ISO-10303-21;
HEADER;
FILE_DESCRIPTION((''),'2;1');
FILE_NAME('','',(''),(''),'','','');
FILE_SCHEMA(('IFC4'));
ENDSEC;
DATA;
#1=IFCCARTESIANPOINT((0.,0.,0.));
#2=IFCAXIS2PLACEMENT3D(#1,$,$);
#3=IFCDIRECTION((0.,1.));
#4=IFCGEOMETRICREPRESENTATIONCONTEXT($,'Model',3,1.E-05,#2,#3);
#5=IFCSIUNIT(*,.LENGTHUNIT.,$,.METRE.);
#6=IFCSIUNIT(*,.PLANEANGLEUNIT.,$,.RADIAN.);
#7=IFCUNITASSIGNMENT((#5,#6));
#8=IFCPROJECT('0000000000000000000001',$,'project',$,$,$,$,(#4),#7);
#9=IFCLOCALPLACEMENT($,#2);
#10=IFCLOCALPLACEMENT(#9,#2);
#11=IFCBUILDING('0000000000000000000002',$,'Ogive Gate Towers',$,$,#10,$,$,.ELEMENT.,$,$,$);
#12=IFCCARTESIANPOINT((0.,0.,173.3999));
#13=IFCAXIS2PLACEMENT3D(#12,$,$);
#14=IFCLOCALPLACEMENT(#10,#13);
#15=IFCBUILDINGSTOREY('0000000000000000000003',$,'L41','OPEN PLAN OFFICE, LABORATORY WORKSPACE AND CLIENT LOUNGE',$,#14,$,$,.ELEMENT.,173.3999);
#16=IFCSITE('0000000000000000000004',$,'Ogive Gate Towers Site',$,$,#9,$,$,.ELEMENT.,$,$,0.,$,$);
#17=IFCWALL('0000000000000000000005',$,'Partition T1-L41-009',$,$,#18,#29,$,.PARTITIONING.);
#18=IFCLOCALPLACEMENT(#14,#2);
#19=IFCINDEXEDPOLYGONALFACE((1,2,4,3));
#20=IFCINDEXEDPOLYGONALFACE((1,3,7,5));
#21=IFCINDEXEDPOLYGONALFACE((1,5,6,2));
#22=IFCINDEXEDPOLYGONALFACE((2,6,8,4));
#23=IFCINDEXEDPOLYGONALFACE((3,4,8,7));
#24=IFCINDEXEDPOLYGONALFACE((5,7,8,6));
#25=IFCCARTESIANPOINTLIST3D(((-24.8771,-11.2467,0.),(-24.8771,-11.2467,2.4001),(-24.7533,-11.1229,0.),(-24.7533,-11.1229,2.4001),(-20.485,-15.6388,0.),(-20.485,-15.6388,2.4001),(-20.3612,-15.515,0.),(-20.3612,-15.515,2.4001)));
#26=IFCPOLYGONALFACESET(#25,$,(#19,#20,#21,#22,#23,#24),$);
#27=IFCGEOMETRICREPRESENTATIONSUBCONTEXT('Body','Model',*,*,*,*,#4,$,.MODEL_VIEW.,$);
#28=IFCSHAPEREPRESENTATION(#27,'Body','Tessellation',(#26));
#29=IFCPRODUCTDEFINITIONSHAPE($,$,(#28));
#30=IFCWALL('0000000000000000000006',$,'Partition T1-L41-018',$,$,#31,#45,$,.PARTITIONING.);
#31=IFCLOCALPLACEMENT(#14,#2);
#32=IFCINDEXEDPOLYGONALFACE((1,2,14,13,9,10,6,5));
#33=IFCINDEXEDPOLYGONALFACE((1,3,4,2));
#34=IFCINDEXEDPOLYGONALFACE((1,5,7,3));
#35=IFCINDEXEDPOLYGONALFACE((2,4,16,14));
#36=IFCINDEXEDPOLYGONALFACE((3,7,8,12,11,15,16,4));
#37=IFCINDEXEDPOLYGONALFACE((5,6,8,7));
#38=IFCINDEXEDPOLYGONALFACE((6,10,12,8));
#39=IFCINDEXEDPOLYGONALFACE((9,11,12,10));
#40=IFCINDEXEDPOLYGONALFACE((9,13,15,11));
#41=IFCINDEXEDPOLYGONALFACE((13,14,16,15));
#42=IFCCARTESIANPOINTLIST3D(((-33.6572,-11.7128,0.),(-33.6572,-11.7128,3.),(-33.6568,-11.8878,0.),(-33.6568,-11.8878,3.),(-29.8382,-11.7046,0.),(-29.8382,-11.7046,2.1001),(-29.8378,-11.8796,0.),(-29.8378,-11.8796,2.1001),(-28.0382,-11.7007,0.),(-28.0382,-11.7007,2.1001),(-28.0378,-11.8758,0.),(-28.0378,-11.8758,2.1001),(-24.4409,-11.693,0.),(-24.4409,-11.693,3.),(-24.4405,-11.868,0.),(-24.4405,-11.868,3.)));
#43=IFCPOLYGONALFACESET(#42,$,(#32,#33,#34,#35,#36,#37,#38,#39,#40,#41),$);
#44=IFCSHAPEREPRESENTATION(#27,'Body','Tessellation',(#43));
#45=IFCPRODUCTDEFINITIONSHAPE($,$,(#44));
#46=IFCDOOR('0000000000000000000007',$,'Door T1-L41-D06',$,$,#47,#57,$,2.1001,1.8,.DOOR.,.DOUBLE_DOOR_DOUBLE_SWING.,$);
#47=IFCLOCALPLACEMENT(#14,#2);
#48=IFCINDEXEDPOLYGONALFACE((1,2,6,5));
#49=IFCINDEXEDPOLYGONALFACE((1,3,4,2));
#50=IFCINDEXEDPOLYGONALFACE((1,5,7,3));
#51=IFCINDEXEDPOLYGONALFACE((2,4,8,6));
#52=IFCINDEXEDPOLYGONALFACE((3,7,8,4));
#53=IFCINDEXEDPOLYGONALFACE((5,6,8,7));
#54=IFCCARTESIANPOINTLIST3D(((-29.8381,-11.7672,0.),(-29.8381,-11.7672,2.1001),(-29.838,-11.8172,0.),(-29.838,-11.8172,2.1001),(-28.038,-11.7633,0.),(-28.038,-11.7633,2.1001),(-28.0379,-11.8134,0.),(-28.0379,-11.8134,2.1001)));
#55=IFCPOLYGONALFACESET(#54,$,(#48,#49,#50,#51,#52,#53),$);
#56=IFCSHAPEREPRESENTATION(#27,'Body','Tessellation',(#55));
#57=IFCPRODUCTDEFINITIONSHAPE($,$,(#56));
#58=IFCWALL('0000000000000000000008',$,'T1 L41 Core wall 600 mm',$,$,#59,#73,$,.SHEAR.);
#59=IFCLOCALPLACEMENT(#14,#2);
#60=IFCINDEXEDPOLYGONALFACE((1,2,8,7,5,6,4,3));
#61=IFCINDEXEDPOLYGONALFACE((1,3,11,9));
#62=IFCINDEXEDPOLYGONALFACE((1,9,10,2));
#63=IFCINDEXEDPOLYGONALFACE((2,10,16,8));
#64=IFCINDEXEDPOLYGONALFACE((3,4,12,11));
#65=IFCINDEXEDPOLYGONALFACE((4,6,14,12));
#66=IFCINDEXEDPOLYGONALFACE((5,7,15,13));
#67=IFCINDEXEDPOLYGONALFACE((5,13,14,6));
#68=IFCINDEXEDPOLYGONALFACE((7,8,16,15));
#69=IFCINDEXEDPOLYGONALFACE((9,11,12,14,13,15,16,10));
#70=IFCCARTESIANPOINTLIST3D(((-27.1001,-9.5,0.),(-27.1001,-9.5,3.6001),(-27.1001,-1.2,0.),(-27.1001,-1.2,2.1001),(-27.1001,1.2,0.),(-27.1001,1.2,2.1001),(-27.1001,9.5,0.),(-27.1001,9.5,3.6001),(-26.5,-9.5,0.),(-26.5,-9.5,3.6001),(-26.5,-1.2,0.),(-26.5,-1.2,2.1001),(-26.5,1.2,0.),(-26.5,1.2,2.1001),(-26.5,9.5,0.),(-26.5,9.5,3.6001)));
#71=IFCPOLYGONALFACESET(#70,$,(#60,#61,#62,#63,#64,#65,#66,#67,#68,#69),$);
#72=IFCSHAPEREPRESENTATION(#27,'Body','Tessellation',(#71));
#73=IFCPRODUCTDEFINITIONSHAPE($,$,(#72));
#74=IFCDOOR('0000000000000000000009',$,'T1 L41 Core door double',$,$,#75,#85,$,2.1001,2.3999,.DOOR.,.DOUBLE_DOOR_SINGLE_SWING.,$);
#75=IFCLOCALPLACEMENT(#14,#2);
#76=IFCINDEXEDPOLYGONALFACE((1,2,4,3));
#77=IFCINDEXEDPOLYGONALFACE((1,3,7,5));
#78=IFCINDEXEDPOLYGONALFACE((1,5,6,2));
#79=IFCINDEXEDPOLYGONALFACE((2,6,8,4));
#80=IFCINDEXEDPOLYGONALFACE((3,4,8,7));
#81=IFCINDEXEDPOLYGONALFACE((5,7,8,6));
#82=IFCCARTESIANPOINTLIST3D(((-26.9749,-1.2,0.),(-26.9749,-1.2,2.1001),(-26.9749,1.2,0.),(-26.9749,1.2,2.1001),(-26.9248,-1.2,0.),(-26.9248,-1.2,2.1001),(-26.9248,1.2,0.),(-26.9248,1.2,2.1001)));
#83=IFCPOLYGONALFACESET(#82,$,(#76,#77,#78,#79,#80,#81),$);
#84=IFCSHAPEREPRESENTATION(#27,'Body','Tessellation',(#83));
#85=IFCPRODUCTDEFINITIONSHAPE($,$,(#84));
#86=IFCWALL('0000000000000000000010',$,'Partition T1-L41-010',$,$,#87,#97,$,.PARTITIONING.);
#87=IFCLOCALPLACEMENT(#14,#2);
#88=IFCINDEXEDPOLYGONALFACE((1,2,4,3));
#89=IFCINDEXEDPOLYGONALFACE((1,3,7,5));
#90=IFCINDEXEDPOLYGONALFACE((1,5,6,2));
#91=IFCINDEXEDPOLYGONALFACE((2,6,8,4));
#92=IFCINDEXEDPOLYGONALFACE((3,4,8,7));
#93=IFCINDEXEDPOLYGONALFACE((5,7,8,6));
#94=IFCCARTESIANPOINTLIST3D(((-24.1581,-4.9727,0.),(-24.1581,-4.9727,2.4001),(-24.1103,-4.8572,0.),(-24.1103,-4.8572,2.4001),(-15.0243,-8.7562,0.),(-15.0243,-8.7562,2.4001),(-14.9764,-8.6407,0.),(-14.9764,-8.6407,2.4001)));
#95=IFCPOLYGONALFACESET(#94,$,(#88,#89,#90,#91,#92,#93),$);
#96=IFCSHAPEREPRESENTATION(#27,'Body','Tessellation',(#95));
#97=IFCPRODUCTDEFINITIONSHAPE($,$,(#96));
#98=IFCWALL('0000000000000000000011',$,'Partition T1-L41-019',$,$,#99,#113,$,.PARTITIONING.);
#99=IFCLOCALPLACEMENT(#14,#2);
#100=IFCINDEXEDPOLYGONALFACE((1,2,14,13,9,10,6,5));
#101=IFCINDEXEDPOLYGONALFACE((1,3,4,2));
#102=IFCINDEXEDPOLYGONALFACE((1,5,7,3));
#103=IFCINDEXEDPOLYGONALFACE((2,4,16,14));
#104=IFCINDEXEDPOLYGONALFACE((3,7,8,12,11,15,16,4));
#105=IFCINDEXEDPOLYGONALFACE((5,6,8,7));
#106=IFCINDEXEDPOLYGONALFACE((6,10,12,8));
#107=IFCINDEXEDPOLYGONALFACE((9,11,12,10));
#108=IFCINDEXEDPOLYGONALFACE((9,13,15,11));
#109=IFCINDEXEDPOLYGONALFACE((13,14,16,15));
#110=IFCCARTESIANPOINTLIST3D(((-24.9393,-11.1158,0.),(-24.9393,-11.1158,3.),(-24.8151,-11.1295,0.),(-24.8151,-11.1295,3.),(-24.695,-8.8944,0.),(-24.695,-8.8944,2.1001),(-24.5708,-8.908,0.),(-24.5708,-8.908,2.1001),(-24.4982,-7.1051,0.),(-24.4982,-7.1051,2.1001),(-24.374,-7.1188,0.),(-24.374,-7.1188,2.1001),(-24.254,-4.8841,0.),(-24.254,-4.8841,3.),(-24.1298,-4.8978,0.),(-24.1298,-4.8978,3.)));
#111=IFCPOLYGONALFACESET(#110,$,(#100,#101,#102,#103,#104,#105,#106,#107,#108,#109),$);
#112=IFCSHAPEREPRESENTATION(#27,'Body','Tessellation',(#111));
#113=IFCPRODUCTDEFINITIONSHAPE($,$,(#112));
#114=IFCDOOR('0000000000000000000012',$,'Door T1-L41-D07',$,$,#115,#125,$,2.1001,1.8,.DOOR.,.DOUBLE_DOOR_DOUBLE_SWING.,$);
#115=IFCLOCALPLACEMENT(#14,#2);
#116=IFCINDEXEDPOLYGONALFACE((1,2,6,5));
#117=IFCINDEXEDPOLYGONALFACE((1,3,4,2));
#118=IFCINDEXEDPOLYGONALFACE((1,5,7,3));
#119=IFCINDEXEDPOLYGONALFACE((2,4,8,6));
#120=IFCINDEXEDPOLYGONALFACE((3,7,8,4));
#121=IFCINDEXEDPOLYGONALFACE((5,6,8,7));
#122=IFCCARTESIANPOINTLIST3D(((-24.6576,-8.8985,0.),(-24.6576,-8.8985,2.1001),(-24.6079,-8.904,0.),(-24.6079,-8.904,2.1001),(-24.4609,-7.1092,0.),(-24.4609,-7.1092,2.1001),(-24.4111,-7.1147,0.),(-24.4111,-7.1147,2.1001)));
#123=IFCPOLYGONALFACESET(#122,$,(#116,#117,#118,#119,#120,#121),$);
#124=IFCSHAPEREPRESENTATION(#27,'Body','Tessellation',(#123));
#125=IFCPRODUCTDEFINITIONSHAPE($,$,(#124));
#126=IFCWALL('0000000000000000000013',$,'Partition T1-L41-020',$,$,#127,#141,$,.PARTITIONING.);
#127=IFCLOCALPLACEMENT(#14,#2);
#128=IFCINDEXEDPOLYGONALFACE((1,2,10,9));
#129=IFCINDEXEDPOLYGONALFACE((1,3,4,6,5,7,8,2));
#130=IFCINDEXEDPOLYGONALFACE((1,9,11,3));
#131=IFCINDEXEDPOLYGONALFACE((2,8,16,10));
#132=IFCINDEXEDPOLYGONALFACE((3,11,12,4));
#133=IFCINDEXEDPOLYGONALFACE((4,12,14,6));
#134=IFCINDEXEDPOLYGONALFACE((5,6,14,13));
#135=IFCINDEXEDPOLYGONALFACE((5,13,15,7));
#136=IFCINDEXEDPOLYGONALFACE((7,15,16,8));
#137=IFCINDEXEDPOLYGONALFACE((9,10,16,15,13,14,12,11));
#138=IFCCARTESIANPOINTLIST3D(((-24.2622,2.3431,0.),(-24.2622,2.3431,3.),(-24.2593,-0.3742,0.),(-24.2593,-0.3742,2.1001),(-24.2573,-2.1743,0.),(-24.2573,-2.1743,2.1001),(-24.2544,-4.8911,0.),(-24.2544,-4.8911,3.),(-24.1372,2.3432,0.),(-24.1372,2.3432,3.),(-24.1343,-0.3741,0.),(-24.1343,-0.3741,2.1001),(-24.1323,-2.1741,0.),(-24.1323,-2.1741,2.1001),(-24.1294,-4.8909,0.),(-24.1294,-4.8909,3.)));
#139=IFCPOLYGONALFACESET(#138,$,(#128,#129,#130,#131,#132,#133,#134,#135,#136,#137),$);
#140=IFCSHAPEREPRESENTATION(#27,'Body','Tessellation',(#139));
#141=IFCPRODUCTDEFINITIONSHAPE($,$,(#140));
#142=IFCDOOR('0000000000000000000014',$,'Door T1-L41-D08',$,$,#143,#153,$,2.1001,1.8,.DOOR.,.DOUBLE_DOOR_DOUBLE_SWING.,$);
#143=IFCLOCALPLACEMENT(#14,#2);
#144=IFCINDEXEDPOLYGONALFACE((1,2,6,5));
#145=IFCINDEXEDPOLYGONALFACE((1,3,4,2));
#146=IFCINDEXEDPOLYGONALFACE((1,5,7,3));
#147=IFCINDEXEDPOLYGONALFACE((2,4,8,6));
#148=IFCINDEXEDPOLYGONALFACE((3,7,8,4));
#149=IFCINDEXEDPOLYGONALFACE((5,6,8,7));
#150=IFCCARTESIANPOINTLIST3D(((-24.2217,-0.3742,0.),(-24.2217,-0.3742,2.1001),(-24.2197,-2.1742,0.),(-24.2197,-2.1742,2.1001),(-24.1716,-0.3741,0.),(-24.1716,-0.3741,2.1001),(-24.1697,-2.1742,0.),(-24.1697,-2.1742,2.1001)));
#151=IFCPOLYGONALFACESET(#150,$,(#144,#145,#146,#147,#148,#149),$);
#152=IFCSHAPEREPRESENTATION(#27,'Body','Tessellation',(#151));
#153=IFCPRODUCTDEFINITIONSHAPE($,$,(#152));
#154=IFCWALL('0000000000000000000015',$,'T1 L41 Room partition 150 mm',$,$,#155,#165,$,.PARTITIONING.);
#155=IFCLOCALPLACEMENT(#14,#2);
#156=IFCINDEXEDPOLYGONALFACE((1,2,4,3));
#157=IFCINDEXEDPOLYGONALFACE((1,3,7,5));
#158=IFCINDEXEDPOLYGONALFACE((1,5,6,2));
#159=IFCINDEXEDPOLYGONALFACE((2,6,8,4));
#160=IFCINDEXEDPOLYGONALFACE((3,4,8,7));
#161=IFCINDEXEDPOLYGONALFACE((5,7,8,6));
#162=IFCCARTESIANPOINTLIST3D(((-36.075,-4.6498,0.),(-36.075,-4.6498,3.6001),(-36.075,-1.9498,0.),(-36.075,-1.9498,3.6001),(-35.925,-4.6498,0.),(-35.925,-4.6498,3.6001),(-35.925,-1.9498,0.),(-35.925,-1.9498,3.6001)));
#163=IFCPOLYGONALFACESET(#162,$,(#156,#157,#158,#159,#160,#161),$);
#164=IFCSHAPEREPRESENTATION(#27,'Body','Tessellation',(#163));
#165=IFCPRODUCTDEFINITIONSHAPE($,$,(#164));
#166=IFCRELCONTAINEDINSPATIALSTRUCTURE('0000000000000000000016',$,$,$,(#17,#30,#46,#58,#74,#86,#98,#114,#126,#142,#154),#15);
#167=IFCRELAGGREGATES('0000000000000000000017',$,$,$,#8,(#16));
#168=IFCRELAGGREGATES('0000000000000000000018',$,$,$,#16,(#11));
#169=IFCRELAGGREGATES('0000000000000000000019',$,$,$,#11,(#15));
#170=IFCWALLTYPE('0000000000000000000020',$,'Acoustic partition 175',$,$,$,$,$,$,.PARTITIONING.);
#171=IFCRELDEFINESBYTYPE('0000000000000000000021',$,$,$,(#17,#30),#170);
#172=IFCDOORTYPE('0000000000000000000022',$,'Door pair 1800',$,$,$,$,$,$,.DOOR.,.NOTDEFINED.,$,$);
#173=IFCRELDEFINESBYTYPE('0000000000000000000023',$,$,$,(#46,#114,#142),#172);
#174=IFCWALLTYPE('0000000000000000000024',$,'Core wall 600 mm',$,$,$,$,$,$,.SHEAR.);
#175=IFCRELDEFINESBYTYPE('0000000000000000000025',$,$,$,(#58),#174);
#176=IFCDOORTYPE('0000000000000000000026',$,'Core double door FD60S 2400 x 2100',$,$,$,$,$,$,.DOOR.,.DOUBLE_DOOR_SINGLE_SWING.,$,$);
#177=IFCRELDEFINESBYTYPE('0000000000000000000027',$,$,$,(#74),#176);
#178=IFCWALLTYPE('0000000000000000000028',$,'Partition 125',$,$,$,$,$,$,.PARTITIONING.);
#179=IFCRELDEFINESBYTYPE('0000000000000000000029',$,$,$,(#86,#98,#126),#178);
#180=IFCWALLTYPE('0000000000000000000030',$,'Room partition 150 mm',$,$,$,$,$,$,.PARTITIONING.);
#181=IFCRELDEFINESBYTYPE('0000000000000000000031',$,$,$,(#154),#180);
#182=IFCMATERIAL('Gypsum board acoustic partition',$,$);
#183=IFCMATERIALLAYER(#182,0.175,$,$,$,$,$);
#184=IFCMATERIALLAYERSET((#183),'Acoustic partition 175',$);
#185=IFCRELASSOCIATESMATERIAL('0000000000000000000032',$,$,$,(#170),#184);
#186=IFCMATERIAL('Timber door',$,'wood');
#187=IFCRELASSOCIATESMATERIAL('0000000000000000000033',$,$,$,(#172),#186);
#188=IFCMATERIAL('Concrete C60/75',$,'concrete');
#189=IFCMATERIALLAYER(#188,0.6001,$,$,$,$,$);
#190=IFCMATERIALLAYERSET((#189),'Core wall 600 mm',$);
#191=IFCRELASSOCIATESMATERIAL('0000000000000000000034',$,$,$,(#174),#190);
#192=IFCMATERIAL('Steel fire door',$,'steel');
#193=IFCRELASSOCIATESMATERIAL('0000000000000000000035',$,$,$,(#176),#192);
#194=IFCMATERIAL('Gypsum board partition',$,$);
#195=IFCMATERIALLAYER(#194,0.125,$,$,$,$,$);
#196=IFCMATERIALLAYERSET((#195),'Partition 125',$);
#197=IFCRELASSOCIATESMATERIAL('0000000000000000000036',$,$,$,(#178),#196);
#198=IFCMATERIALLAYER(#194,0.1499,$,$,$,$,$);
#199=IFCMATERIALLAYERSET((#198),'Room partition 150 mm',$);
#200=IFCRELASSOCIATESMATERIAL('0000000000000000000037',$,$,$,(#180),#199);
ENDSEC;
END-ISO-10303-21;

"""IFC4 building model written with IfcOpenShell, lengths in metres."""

from ifc_helpers import new_model, si_unit, direction, frame, frame_2d, origin, place, context, subcontext, project, spatial, rectangle, extrude, material, layer, layer_set, type_object, element, fill, save


model = new_model("IFC4")

# Units and contexts
model_context = context("Model", 3, precision=1e-05, world=origin(), true_north=direction((0.0, 1.0)))
body_context = subcontext(model_context, "Body", "Model", "MODEL_VIEW")
ifc_project = project(units=[si_unit("LENGTHUNIT", "METRE"), si_unit("PLANEANGLEUNIT", "RADIAN")], contexts=[model_context])

# Site, building, storey
site_placement = place(None, origin())
site = spatial("IfcSite", under=ifc_project, at=site_placement, Name="Ogive Gate Towers Site", CompositionType="ELEMENT", RefElevation=0.0)
building_placement = place(site_placement, origin())
building = spatial("IfcBuilding", under=site, at=building_placement, Name="Ogive Gate Towers", CompositionType="ELEMENT")
storey_placement = place(building_placement, frame((0.0, 0.0, 173.3999)))
storey = spatial("IfcBuildingStorey", under=building, at=storey_placement, Name="L41", Description="OPEN PLAN OFFICE, LABORATORY WORKSPACE AND CLIENT LOUNGE", CompositionType="ELEMENT", Elevation=173.3999)

# Wall
ifc_material_1 = material(Name="Gypsum board acoustic partition")
ifc_layer_1 = layer(ifc_material_1, 0.175)
ifc_layer_set_1 = layer_set([ifc_layer_1], Name="Acoustic partition 175")
wall_type_1 = type_object("IfcWallType", Name="Acoustic partition 175", PredefinedType="PARTITIONING", material=ifc_layer_set_1)
wall_1_placement = place(storey_placement, frame((-20.4231, -15.5769, 0.0), z_axis=(0.0, 0.0, 1.0), x_axis=(-0.707107, 0.707107, 0.0)))
element("IfcWall", 1, at=wall_1_placement, inside=storey, type_object=wall_type_1, Name="Partition T1-L41-009", PredefinedType="PARTITIONING", context=body_context, shape_type="SweptSolid", body=[
    extrude(rectangle(XDim=6.2114, YDim=0.175, at=frame_2d((3.1057, 0.0))), origin(), (0.0, 0.0, 1.0), 2.4001),
])

# Walls, openings, doors
wall_2_placement = place(storey_placement, frame((-33.657, -11.8003, 0.0), z_axis=(0.0, 0.0, 1.0), x_axis=(0.999998, 0.002146, 0.0)))
wall_2 = element("IfcWall", 2, at=wall_2_placement, inside=storey, type_object=wall_type_1, Name="Partition T1-L41-018", PredefinedType="PARTITIONING", context=body_context, shape_type="SweptSolid", body=[
    extrude(rectangle(XDim=9.2163, YDim=0.175, at=frame_2d((4.6082, 0.0))), origin(), (0.0, 0.0, 1.0), 3.0),
])
opening_1_placement = place(wall_2_placement, frame((3.8191, 0.0, 0.0)))
opening_1 = element("IfcOpeningElement", 3, at=opening_1_placement, cuts=wall_2, PredefinedType="OPENING", context=body_context, shape_type="SweptSolid", body=[
    extrude(rectangle(XDim=1.8, YDim=2.1001, at=frame_2d((0.8999, 1.05))), frame((0.0, 0.0977, 0.0), z_axis=(0.0, -1.0, 0.0), x_axis=(1.0, 0.0, 0.0)), (0.0, 0.0, 1.0), 0.1951),
])
ifc_material_2 = material(Name="Timber door", Category="wood")
door_type_1 = type_object("IfcDoorType", Name="Door pair 1800", OperationType="NOTDEFINED", PredefinedType="DOOR", material=ifc_material_2)
door_1_placement = place(opening_1_placement, origin())
door_1 = element("IfcDoor", 4, at=door_1_placement, inside=storey, type_object=door_type_1, Name="Door T1-L41-D06", OperationType="DOUBLE_DOOR_DOUBLE_SWING", OverallHeight=2.1001, OverallWidth=1.8, PredefinedType="DOOR", context=body_context, shape_type="SweptSolid", body=[
    extrude(rectangle(XDim=1.8, YDim=2.1001, at=frame_2d((0.8999, 1.05))), frame((0.0, 0.0249, 0.0), z_axis=(0.0, -1.0, 0.0), x_axis=(1.0, 0.0, 0.0)), (0.0, 0.0, 1.0), 0.05),
])
fill(opening_1, door_1)
ifc_material_3 = material(Name="Concrete C60/75", Category="concrete")
ifc_layer_2 = layer(ifc_material_3, 0.6001)
ifc_layer_set_2 = layer_set([ifc_layer_2], Name="Core wall 600 mm")
wall_type_2 = type_object("IfcWallType", Name="Core wall 600 mm", PredefinedType="SHEAR", material=ifc_layer_set_2)
wall_3_placement = place(storey_placement, frame((-26.8, -9.5, 0.0), z_axis=(0.0, 0.0, 1.0), x_axis=(0.0, 1.0, 0.0)))
wall_3 = element("IfcWall", 5, at=wall_3_placement, inside=storey, type_object=wall_type_2, Name="T1 L41 Core wall 600 mm", PredefinedType="SHEAR", context=body_context, shape_type="SweptSolid", body=[
    extrude(rectangle(XDim=19.0, YDim=0.6001, at=frame_2d((9.5, 0.0))), origin(), (0.0, 0.0, 1.0), 3.6001),
])
opening_2_placement = place(wall_3_placement, frame((8.3, 0.0, 0.0)))
opening_2 = element("IfcOpeningElement", 6, at=opening_2_placement, cuts=wall_3, PredefinedType="OPENING", context=body_context, shape_type="SweptSolid", body=[
    extrude(rectangle(XDim=2.3999, YDim=2.1001, at=frame_2d((1.2, 1.05))), frame((0.0, 0.3101, 0.0), z_axis=(0.0, -1.0, 0.0), x_axis=(1.0, 0.0, 0.0)), (0.0, 0.0, 1.0), 0.6201),
])
ifc_material_4 = material(Name="Steel fire door", Category="steel")
door_type_2 = type_object("IfcDoorType", Name="Core double door FD60S 2400 x 2100", OperationType="DOUBLE_DOOR_SINGLE_SWING", PredefinedType="DOOR", material=ifc_material_4)
door_2_placement = place(opening_2_placement, origin())
door_2 = element("IfcDoor", 7, at=door_2_placement, inside=storey, type_object=door_type_2, Name="T1 L41 Core door double", OperationType="DOUBLE_DOOR_SINGLE_SWING", OverallHeight=2.1001, OverallWidth=2.3999, PredefinedType="DOOR", context=body_context, shape_type="SweptSolid", body=[
    extrude(rectangle(XDim=2.3999, YDim=2.1001, at=frame_2d((1.2, 1.05))), frame((0.0, 0.1748, 0.0), z_axis=(0.0, -1.0, 0.0), x_axis=(1.0, 0.0, 0.0)), (0.0, 0.0, 1.0), 0.05),
])
fill(opening_2, door_2)

# Wall
ifc_material_5 = material(Name="Gypsum board partition")
ifc_layer_3 = layer(ifc_material_5, 0.125)
ifc_layer_set_3 = layer_set([ifc_layer_3], Name="Partition 125")
wall_type_3 = type_object("IfcWallType", Name="Partition 125", PredefinedType="PARTITIONING", material=ifc_layer_set_3)
wall_4_placement = place(storey_placement, frame((-15.0002, -8.6985, 0.0), z_axis=(0.0, 0.0, 1.0), x_axis=(-0.923876, 0.382693, 0.0)))
element("IfcWall", 8, at=wall_4_placement, inside=storey, type_object=wall_type_3, Name="Partition T1-L41-010", PredefinedType="PARTITIONING", context=body_context, shape_type="SweptSolid", body=[
    extrude(rectangle(XDim=9.8865, YDim=0.125, at=frame_2d((4.9434, 0.0))), origin(), (0.0, 0.0, 1.0), 2.4001),
])

# Walls, openings, doors
wall_5_placement = place(storey_placement, frame((-24.8772, -11.1228, 0.0), z_axis=(0.0, 0.0, 1.0), x_axis=(0.109312, 0.994008, 0.0)))
wall_5 = element("IfcWall", 9, at=wall_5_placement, inside=storey, type_object=wall_type_3, Name="Partition T1-L41-019", PredefinedType="PARTITIONING", context=body_context, shape_type="SweptSolid", body=[
    extrude(rectangle(XDim=6.2693, YDim=0.125, at=frame_2d((3.1348, 0.0))), origin(), (0.0, 0.0, 1.0), 3.0),
])
opening_3_placement = place(wall_5_placement, frame((2.2351, 0.0, 0.0)))
opening_3 = element("IfcOpeningElement", 10, at=opening_3_placement, cuts=wall_5, PredefinedType="OPENING", context=body_context, shape_type="SweptSolid", body=[
    extrude(rectangle(XDim=1.8, YDim=2.1001, at=frame_2d((0.8999, 1.05))), frame((0.0, 0.0725, 0.0), z_axis=(0.0, -1.0, 0.0), x_axis=(1.0, 0.0, 0.0)), (0.0, 0.0, 1.0), 0.145),
])
door_3_placement = place(opening_3_placement, origin())
door_3 = element("IfcDoor", 11, at=door_3_placement, inside=storey, type_object=door_type_1, Name="Door T1-L41-D07", OperationType="DOUBLE_DOOR_DOUBLE_SWING", OverallHeight=2.1001, OverallWidth=1.8, PredefinedType="DOOR", context=body_context, shape_type="SweptSolid", body=[
    extrude(rectangle(XDim=1.8, YDim=2.1001, at=frame_2d((0.8999, 1.05))), frame((0.0, 0.0249, 0.0), z_axis=(0.0, -1.0, 0.0), x_axis=(1.0, 0.0, 0.0)), (0.0, 0.0, 1.0), 0.05),
])
fill(opening_3, door_3)
wall_6_placement = place(storey_placement, frame((-24.1919, -4.8911, 0.0), z_axis=(0.0, 0.0, 1.0), x_axis=(-0.00108, 0.999999, 0.0)))
wall_6 = element("IfcWall", 12, at=wall_6_placement, inside=storey, type_object=wall_type_3, Name="Partition T1-L41-020", PredefinedType="PARTITIONING", context=body_context, shape_type="SweptSolid", body=[
    extrude(rectangle(XDim=7.2341, YDim=0.125, at=frame_2d((3.6172, 0.0))), origin(), (0.0, 0.0, 1.0), 3.0),
])
opening_4_placement = place(wall_6_placement, frame((2.717, 0.0, 0.0)))
opening_4 = element("IfcOpeningElement", 13, at=opening_4_placement, cuts=wall_6, PredefinedType="OPENING", context=body_context, shape_type="SweptSolid", body=[
    extrude(rectangle(XDim=1.8, YDim=2.1001, at=frame_2d((0.8999, 1.05))), frame((0.0, 0.0725, 0.0), z_axis=(0.0, -1.0, 0.0), x_axis=(1.0, 0.0, 0.0)), (0.0, 0.0, 1.0), 0.145),
])
door_4_placement = place(opening_4_placement, origin())
door_4 = element("IfcDoor", 14, at=door_4_placement, inside=storey, type_object=door_type_1, Name="Door T1-L41-D08", OperationType="DOUBLE_DOOR_DOUBLE_SWING", OverallHeight=2.1001, OverallWidth=1.8, PredefinedType="DOOR", context=body_context, shape_type="SweptSolid", body=[
    extrude(rectangle(XDim=1.8, YDim=2.1001, at=frame_2d((0.8999, 1.05))), frame((0.0, 0.0249, 0.0), z_axis=(0.0, -1.0, 0.0), x_axis=(1.0, 0.0, 0.0)), (0.0, 0.0, 1.0), 0.05),
])
fill(opening_4, door_4)

# Wall
ifc_layer_4 = layer(ifc_material_5, 0.1499)
ifc_layer_set_4 = layer_set([ifc_layer_4], Name="Room partition 150 mm")
wall_type_4 = type_object("IfcWallType", Name="Room partition 150 mm", PredefinedType="PARTITIONING", material=ifc_layer_set_4)
wall_7_placement = place(storey_placement, frame((-36.0, -4.6499, 0.0), z_axis=(0.0, 0.0, 1.0), x_axis=(0.0, 1.0, 0.0)))
element("IfcWall", 15, at=wall_7_placement, inside=storey, type_object=wall_type_4, Name="T1 L41 Room partition 150 mm", PredefinedType="PARTITIONING", context=body_context, shape_type="SweptSolid", body=[
    extrude(rectangle(XDim=2.7, YDim=0.1499, at=frame_2d((1.3501, 0.0))), origin(), (0.0, 0.0, 1.0), 3.6001),
])

save(model, "model.ifc")
